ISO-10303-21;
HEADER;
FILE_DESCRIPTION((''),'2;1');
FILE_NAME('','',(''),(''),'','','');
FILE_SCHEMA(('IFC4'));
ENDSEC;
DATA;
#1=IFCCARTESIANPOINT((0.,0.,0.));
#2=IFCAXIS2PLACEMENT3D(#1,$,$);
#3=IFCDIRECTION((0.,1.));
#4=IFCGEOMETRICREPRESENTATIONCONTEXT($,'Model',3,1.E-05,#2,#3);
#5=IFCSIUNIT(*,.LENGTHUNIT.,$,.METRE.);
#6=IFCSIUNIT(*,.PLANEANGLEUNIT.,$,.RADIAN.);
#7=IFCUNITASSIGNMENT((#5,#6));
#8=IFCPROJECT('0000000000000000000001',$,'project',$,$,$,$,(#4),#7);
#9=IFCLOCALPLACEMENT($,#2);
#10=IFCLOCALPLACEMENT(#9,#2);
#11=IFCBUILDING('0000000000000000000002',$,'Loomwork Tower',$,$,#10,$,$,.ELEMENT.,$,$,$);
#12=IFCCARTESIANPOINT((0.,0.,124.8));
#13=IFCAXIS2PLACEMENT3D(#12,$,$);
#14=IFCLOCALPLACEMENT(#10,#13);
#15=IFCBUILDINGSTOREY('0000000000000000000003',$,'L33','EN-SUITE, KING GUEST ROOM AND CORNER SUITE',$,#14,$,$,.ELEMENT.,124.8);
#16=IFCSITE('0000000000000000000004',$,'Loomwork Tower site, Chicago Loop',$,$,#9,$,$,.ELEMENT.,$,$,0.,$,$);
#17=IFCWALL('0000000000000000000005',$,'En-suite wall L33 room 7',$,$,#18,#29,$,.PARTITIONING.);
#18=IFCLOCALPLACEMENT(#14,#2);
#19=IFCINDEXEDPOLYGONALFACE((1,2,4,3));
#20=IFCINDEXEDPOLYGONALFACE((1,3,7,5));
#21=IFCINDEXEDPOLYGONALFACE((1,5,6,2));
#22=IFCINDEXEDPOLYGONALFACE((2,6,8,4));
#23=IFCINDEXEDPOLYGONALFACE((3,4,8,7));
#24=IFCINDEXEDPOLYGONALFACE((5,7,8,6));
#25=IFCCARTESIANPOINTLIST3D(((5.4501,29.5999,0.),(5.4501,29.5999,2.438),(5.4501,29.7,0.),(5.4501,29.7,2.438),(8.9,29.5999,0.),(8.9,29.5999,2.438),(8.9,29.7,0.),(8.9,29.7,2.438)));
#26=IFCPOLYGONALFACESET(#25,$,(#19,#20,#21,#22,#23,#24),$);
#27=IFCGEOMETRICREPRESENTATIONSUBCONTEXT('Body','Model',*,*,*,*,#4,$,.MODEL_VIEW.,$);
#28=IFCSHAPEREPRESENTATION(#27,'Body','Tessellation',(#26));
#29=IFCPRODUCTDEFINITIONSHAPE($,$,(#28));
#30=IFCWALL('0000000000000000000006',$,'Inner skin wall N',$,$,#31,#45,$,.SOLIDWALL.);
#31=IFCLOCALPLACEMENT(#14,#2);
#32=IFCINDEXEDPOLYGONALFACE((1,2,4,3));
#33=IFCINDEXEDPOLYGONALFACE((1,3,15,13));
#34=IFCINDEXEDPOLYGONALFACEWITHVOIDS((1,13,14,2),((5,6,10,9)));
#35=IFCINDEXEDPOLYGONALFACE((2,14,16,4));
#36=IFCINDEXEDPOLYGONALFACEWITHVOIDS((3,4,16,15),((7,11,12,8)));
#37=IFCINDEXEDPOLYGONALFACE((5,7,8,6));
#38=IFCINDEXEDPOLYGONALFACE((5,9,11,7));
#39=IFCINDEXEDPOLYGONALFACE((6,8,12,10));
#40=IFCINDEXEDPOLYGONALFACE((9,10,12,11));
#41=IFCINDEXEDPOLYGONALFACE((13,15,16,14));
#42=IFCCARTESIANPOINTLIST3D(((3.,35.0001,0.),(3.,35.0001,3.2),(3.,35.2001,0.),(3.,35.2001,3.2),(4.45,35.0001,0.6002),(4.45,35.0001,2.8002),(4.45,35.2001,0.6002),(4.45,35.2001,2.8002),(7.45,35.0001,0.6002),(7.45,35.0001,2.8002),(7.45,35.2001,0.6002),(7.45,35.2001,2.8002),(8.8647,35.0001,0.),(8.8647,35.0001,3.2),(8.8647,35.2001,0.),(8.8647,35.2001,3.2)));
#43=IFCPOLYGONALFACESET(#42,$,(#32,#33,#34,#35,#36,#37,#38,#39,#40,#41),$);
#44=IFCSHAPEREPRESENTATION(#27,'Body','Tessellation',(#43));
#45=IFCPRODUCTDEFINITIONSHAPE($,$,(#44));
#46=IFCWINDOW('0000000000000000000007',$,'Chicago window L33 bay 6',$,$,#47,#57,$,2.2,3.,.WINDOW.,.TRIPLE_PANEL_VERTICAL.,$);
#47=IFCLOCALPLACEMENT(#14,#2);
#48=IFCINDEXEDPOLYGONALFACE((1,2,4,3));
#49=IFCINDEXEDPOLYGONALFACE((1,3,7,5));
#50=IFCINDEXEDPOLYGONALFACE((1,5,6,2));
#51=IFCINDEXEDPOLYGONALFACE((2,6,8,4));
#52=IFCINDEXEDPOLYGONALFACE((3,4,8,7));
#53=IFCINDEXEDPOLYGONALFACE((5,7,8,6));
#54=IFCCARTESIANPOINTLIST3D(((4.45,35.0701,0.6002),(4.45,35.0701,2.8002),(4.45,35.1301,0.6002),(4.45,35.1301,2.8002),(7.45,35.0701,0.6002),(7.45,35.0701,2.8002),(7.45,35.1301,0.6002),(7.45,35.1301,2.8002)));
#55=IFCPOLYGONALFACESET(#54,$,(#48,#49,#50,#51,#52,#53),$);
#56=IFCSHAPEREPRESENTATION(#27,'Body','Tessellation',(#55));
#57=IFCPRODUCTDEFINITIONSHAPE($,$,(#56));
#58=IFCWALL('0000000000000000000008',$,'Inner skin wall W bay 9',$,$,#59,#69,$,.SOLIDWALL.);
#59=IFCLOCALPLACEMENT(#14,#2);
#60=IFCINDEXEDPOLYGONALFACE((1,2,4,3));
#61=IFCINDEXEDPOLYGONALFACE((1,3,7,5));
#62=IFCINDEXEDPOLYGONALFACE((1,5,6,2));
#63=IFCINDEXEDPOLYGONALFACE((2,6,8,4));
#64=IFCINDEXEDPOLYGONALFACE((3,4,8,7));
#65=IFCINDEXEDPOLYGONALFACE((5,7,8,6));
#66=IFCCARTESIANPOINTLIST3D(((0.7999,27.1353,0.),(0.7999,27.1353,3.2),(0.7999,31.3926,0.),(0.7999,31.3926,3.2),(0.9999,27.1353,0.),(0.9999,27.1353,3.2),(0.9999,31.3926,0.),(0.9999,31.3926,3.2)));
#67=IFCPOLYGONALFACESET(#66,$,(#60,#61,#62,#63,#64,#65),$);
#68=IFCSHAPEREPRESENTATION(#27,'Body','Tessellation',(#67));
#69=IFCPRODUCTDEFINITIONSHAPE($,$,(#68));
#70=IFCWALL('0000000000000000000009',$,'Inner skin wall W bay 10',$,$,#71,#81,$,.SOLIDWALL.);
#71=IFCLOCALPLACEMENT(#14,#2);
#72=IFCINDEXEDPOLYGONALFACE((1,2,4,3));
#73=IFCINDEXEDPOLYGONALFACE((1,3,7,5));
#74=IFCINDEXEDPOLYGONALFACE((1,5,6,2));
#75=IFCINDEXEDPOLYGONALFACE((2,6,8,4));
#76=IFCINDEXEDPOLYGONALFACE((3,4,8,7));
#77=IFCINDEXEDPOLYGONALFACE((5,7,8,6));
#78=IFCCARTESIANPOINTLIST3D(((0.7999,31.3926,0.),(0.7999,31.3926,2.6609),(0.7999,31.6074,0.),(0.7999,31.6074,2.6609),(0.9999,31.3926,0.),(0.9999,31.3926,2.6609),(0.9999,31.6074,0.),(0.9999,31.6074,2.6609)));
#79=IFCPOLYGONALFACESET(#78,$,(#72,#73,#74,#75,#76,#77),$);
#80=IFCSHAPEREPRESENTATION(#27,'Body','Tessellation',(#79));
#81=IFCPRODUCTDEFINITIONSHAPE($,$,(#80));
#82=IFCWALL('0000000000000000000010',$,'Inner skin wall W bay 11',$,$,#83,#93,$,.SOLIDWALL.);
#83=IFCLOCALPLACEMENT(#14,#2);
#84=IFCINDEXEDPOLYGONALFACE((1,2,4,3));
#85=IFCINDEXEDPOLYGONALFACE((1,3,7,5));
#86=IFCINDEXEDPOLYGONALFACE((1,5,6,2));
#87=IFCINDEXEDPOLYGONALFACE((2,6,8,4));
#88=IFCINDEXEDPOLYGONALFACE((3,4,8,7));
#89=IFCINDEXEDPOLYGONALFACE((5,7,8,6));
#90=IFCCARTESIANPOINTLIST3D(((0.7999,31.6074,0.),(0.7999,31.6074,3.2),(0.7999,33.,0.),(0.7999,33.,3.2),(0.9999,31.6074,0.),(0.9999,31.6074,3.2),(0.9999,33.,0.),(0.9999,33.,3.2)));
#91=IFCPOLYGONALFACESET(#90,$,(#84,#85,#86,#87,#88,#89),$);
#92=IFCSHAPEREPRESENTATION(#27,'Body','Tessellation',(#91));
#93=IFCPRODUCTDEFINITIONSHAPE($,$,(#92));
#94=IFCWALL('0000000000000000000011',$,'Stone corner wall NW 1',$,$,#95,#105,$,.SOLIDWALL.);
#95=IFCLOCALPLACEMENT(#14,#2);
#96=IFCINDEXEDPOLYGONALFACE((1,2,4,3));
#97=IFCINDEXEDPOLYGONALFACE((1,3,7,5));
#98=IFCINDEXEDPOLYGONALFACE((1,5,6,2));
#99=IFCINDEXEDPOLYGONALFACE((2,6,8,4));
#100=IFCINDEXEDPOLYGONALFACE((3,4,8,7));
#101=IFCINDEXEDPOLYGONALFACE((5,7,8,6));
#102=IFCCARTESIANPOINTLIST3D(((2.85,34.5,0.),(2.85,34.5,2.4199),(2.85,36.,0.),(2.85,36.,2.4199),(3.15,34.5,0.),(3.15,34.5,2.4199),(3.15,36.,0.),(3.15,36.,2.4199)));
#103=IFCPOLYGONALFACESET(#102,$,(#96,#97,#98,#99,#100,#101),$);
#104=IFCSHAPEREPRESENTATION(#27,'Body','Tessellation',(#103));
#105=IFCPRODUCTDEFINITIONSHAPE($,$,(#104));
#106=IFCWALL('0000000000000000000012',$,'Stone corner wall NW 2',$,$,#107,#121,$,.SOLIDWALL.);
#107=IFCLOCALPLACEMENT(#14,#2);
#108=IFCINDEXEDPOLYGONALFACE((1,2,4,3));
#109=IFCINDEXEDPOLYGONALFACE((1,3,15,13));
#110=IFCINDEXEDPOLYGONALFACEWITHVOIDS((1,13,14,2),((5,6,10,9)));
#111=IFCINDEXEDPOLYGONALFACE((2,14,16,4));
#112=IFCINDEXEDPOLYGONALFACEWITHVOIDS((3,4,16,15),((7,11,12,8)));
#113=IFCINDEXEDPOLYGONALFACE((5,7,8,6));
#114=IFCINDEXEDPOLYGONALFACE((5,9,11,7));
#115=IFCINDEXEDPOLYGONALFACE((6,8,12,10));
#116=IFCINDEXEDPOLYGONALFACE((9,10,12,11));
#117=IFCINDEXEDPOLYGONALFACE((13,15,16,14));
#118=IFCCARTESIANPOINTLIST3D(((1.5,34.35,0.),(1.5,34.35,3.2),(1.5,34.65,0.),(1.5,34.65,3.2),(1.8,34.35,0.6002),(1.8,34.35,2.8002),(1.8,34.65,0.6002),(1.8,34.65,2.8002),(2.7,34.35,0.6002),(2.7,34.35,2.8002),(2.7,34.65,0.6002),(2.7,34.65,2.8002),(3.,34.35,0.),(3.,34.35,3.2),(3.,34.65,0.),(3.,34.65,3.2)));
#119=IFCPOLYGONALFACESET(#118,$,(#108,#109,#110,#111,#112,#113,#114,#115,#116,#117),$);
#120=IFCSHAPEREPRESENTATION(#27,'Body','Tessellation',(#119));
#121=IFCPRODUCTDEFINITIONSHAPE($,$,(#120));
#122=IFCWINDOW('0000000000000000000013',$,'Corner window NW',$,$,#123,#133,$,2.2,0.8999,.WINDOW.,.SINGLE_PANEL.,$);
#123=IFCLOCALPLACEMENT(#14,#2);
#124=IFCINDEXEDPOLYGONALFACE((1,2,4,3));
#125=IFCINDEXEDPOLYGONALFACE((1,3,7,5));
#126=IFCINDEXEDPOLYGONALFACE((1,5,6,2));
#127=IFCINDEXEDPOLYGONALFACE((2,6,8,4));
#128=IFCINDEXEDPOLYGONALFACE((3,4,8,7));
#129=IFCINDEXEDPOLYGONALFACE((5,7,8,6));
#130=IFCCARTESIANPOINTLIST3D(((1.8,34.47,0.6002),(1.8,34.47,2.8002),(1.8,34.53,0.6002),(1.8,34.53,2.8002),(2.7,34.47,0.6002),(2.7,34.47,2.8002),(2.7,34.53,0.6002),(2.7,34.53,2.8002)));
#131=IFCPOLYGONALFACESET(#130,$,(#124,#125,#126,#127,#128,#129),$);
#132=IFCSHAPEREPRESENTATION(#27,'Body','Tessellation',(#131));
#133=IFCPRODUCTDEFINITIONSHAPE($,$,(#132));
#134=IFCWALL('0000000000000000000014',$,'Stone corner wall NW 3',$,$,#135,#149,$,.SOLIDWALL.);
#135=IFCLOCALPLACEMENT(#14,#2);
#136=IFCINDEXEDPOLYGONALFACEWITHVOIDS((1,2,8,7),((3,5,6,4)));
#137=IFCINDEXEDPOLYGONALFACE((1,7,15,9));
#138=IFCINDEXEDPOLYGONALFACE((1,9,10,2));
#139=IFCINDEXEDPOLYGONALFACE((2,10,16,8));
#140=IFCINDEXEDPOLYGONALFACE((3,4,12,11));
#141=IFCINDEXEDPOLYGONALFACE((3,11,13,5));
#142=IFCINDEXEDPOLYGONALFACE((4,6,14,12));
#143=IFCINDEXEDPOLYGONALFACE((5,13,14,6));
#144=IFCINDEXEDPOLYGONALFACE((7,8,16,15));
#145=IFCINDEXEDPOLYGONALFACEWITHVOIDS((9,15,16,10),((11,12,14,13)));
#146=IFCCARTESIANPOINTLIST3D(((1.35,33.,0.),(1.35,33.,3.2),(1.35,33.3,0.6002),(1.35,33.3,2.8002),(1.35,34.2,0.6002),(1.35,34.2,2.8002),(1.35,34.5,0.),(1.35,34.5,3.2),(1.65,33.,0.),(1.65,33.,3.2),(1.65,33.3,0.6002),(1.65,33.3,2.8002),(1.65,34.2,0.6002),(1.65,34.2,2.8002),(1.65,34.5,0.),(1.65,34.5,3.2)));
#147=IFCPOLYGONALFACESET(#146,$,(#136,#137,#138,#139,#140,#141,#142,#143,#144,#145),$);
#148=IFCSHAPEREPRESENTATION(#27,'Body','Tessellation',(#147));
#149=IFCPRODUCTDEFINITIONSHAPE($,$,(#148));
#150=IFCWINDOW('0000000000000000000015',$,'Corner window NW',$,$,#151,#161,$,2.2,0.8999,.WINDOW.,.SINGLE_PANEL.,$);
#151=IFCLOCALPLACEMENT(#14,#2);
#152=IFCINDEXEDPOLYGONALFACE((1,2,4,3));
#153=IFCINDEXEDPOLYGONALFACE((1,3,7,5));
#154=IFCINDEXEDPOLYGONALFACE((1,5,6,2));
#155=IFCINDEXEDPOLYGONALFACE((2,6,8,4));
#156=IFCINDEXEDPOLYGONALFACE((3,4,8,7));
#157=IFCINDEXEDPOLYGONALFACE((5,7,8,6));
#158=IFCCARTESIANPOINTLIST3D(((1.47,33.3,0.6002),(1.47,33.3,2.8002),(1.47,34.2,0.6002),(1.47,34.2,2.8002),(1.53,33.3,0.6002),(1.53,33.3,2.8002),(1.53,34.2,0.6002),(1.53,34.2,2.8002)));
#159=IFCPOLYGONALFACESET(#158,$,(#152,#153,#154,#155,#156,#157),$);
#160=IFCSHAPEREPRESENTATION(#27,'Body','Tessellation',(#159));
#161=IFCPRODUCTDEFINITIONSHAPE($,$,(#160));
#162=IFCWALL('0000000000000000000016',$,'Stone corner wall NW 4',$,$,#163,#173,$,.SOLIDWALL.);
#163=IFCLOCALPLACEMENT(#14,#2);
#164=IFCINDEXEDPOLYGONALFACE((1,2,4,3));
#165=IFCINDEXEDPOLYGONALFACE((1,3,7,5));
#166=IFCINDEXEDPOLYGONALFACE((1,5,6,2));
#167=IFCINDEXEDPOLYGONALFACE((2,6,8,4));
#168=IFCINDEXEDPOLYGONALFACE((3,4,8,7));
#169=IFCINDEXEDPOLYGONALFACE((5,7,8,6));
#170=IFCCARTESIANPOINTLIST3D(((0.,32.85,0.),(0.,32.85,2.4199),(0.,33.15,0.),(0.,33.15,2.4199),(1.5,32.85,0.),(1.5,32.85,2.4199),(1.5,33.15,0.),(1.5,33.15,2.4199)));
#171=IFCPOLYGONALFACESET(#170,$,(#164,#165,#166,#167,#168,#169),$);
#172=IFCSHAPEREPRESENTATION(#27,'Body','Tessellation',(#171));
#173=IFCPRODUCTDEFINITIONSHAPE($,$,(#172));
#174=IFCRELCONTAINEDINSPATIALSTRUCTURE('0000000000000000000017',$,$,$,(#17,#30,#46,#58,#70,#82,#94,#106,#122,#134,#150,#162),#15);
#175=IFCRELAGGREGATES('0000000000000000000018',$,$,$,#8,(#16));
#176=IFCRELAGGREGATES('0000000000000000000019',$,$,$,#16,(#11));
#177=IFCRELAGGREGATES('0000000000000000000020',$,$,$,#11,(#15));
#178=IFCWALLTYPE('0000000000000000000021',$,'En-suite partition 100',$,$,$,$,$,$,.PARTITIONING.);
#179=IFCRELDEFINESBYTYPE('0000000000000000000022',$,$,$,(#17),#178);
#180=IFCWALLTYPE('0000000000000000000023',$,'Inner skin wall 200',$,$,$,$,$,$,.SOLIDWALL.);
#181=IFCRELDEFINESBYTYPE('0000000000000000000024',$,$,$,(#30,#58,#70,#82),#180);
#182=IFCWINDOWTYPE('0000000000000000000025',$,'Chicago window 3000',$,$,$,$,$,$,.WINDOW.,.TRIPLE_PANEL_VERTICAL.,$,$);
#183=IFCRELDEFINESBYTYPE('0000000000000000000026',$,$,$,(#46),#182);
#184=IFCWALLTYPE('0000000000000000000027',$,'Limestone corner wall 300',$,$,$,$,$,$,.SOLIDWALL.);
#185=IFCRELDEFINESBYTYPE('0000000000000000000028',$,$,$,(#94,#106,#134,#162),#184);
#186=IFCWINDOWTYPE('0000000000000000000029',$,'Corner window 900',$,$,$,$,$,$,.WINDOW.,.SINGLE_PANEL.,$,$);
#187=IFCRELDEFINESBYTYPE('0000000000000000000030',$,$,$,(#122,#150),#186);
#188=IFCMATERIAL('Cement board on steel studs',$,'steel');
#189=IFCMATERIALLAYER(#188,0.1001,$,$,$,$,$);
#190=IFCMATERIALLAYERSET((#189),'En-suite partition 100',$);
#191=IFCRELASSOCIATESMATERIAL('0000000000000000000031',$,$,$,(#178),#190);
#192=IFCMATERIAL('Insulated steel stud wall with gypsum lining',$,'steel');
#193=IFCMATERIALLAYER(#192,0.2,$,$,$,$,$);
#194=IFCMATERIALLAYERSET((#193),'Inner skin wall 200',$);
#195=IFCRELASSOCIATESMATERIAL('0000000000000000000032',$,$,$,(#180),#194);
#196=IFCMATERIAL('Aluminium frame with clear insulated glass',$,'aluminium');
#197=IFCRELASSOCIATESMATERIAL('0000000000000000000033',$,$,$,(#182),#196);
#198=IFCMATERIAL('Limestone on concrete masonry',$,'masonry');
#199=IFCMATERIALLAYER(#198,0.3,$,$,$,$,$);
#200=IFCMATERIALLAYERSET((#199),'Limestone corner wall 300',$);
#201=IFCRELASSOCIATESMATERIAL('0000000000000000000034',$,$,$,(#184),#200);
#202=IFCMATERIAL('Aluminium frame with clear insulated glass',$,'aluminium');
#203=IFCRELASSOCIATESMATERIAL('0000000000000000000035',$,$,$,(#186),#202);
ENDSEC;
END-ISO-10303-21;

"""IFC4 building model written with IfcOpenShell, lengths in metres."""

from ifc_helpers import new_model, si_unit, direction, frame, frame_2d, origin, place, context, subcontext, project, spatial, rectangle, extrude, material, layer, layer_set, type_object, element, fill, save


model = new_model("IFC4")

# Units and contexts
model_context = context("Model", 3, precision=1e-05, world=origin(), true_north=direction((0.0, 1.0)))
body_context = subcontext(model_context, "Body", "Model", "MODEL_VIEW")
ifc_project = project(units=[si_unit("LENGTHUNIT", "METRE"), si_unit("PLANEANGLEUNIT", "RADIAN")], contexts=[model_context])

# Site, building, storey
site_placement = place(None, origin())
site = spatial("IfcSite", under=ifc_project, at=site_placement, Name="Loomwork Tower site, Chicago Loop", CompositionType="ELEMENT", RefElevation=0.0)
building_placement = place(site_placement, origin())
building = spatial("IfcBuilding", under=site, at=building_placement, Name="Loomwork Tower", CompositionType="ELEMENT")
storey_placement = place(building_placement, frame((0.0, 0.0, 124.8)))
storey = spatial("IfcBuildingStorey", under=building, at=storey_placement, Name="L33", Description="EN-SUITE, KING GUEST ROOM AND CORNER SUITE", CompositionType="ELEMENT", Elevation=124.8)

# Wall
ifc_material_1 = material(Name="Cement board on steel studs", Category="steel")
ifc_layer_1 = layer(ifc_material_1, 0.1001)
ifc_layer_set_1 = layer_set([ifc_layer_1], Name="En-suite partition 100")
wall_type_1 = type_object("IfcWallType", Name="En-suite partition 100", PredefinedType="PARTITIONING", material=ifc_layer_set_1)
wall_1_placement = place(storey_placement, frame((5.45, 29.6499, 0.0), z_axis=(0.0, 0.0, 1.0), x_axis=(1.0, 0.0, 0.0)))
element("IfcWall", 1, at=wall_1_placement, inside=storey, type_object=wall_type_1, Name="En-suite wall L33 room 7", PredefinedType="PARTITIONING", context=body_context, shape_type="SweptSolid", body=[
    extrude(rectangle(XDim=3.45, YDim=0.1001, at=frame_2d((1.7251, 0.0))), origin(), (0.0, 0.0, 1.0), 2.438),
])

# Wall, opening, window
ifc_material_2 = material(Name="Insulated steel stud wall with gypsum lining", Category="steel")
ifc_layer_2 = layer(ifc_material_2, 0.2)
ifc_layer_set_2 = layer_set([ifc_layer_2], Name="Inner skin wall 200")
wall_type_2 = type_object("IfcWallType", Name="Inner skin wall 200", PredefinedType="SOLIDWALL", material=ifc_layer_set_2)
wall_2_placement = place(storey_placement, frame((3.0, 35.1001, 0.0), z_axis=(0.0, 0.0, 1.0), x_axis=(1.0, 0.0, 0.0)))
wall_2 = element("IfcWall", 2, at=wall_2_placement, inside=storey, type_object=wall_type_2, Name="Inner skin wall N", PredefinedType="SOLIDWALL", context=body_context, shape_type="SweptSolid", body=[
    extrude(rectangle(XDim=5.8647, YDim=0.2, at=frame_2d((2.9324, 0.0))), origin(), (0.0, 0.0, 1.0), 3.2),
])
opening_1_placement = place(wall_2_placement, frame((1.45, 0.0, 0.6001)))
opening_1 = element("IfcOpeningElement", 3, at=opening_1_placement, cuts=wall_2, PredefinedType="OPENING", context=body_context, shape_type="SweptSolid", body=[
    extrude(rectangle(XDim=3.0, YDim=2.2, at=frame_2d((1.5, 1.1001))), frame((0.0, 0.1099, 0.0), z_axis=(0.0, -1.0, 0.0), x_axis=(1.0, 0.0, 0.0)), (0.0, 0.0, 1.0), 0.22),
])
ifc_material_3 = material(Name="Aluminium frame with clear insulated glass", Category="aluminium")
window_type_1 = type_object("IfcWindowType", Name="Chicago window 3000", PartitioningType="TRIPLE_PANEL_VERTICAL", PredefinedType="WINDOW", material=ifc_material_3)
window_1_placement = place(opening_1_placement, origin())
window_1 = element("IfcWindow", 4, at=window_1_placement, inside=storey, type_object=window_type_1, Name="Chicago window L33 bay 6", OverallHeight=2.2, OverallWidth=3.0, PartitioningType="TRIPLE_PANEL_VERTICAL", PredefinedType="WINDOW", context=body_context, shape_type="SweptSolid", body=[
    extrude(rectangle(XDim=3.0, YDim=2.2, at=frame_2d((1.5, 1.1001))), frame((0.0, 0.03, 0.0), z_axis=(0.0, -1.0, 0.0), x_axis=(1.0, 0.0, 0.0)), (0.0, 0.0, 1.0), 0.0601),
])
fill(opening_1, window_1)

# Walls
wall_3_placement = place(storey_placement, frame((0.8999, 27.1353, 0.0), z_axis=(0.0, 0.0, 1.0), x_axis=(0.0, 1.0, 0.0)))
element("IfcWall", 5, at=wall_3_placement, inside=storey, type_object=wall_type_2, Name="Inner skin wall W bay 9", PredefinedType="SOLIDWALL", context=body_context, shape_type="SweptSolid", body=[
    extrude(rectangle(XDim=4.2573, YDim=0.2, at=frame_2d((2.1287, 0.0))), origin(), (0.0, 0.0, 1.0), 3.2),
])
wall_4_placement = place(storey_placement, frame((0.8999, 31.3926, 0.0), z_axis=(0.0, 0.0, 1.0), x_axis=(0.0, 1.0, 0.0)))
element("IfcWall", 6, at=wall_4_placement, inside=storey, type_object=wall_type_2, Name="Inner skin wall W bay 10", PredefinedType="SOLIDWALL", context=body_context, shape_type="SweptSolid", body=[
    extrude(rectangle(XDim=0.2148, YDim=0.2, at=frame_2d((0.1074, 0.0))), origin(), (0.0, 0.0, 1.0), 2.6609),
])
wall_5_placement = place(storey_placement, frame((0.8999, 31.6074, 0.0), z_axis=(0.0, 0.0, 1.0), x_axis=(0.0, 1.0, 0.0)))
element("IfcWall", 7, at=wall_5_placement, inside=storey, type_object=wall_type_2, Name="Inner skin wall W bay 11", PredefinedType="SOLIDWALL", context=body_context, shape_type="SweptSolid", body=[
    extrude(rectangle(XDim=1.3926, YDim=0.2, at=frame_2d((0.6963, 0.0))), origin(), (0.0, 0.0, 1.0), 3.2),
])
ifc_material_4 = material(Name="Limestone on concrete masonry", Category="masonry")
ifc_layer_3 = layer(ifc_material_4, 0.3)
ifc_layer_set_3 = layer_set([ifc_layer_3], Name="Limestone corner wall 300")
wall_type_3 = type_object("IfcWallType", Name="Limestone corner wall 300", PredefinedType="SOLIDWALL", material=ifc_layer_set_3)
wall_6_placement = place(storey_placement, frame((3.0, 36.0, 0.0), z_axis=(0.0, 0.0, 1.0), x_axis=(0.0, -1.0, 0.0)))
element("IfcWall", 8, at=wall_6_placement, inside=storey, type_object=wall_type_3, Name="Stone corner wall NW 1", PredefinedType="SOLIDWALL", context=body_context, shape_type="SweptSolid", body=[
    extrude(rectangle(XDim=1.5, YDim=0.3, at=frame_2d((0.75, 0.0))), origin(), (0.0, 0.0, 1.0), 2.4199),
])

# Walls, openings, windows
wall_7_placement = place(storey_placement, frame((3.0, 34.5, 0.0), z_axis=(0.0, 0.0, 1.0), x_axis=(-1.0, 0.0, 0.0)))
wall_7 = element("IfcWall", 9, at=wall_7_placement, inside=storey, type_object=wall_type_3, Name="Stone corner wall NW 2", PredefinedType="SOLIDWALL", context=body_context, shape_type="SweptSolid", body=[
    extrude(rectangle(XDim=1.5, YDim=0.3, at=frame_2d((0.75, 0.0))), origin(), (0.0, 0.0, 1.0), 3.2),
])
opening_2_placement = place(wall_7_placement, frame((0.3, 0.0, 0.6001)))
opening_2 = element("IfcOpeningElement", 10, at=opening_2_placement, cuts=wall_7, PredefinedType="OPENING", context=body_context, shape_type="SweptSolid", body=[
    extrude(rectangle(XDim=0.8999, YDim=2.2, at=frame_2d((0.45, 1.1001))), frame((0.0, 0.1599, 0.0), z_axis=(0.0, -1.0, 0.0), x_axis=(1.0, 0.0, 0.0)), (0.0, 0.0, 1.0), 0.3201),
])
ifc_material_5 = material(Name="Aluminium frame with clear insulated glass", Category="aluminium")
window_type_2 = type_object("IfcWindowType", Name="Corner window 900", PartitioningType="SINGLE_PANEL", PredefinedType="WINDOW", material=ifc_material_5)
window_2_placement = place(opening_2_placement, origin())
window_2 = element("IfcWindow", 11, at=window_2_placement, inside=storey, type_object=window_type_2, Name="Corner window NW", OverallHeight=2.2, OverallWidth=0.8999, PartitioningType="SINGLE_PANEL", PredefinedType="WINDOW", context=body_context, shape_type="SweptSolid", body=[
    extrude(rectangle(XDim=0.8999, YDim=2.2, at=frame_2d((0.45, 1.1001))), frame((0.0, 0.03, 0.0), z_axis=(0.0, -1.0, 0.0), x_axis=(1.0, 0.0, 0.0)), (0.0, 0.0, 1.0), 0.0601),
])
fill(opening_2, window_2)
wall_8_placement = place(storey_placement, frame((1.5, 34.5, 0.0), z_axis=(0.0, 0.0, 1.0), x_axis=(0.0, -1.0, 0.0)))
wall_8 = element("IfcWall", 12, at=wall_8_placement, inside=storey, type_object=wall_type_3, Name="Stone corner wall NW 3", PredefinedType="SOLIDWALL", context=body_context, shape_type="SweptSolid", body=[
    extrude(rectangle(XDim=1.5, YDim=0.3, at=frame_2d((0.75, 0.0))), origin(), (0.0, 0.0, 1.0), 3.2),
])
opening_3_placement = place(wall_8_placement, frame((0.3, 0.0, 0.6001)))
opening_3 = element("IfcOpeningElement", 13, at=opening_3_placement, cuts=wall_8, PredefinedType="OPENING", context=body_context, shape_type="SweptSolid", body=[
    extrude(rectangle(XDim=0.8999, YDim=2.2, at=frame_2d((0.45, 1.1001))), frame((0.0, 0.1599, 0.0), z_axis=(0.0, -1.0, 0.0), x_axis=(1.0, 0.0, 0.0)), (0.0, 0.0, 1.0), 0.3201),
])
window_3_placement = place(opening_3_placement, origin())
window_3 = element("IfcWindow", 14, at=window_3_placement, inside=storey, type_object=window_type_2, Name="Corner window NW", OverallHeight=2.2, OverallWidth=0.8999, PartitioningType="SINGLE_PANEL", PredefinedType="WINDOW", context=body_context, shape_type="SweptSolid", body=[
    extrude(rectangle(XDim=0.8999, YDim=2.2, at=frame_2d((0.45, 1.1001))), frame((0.0, 0.03, 0.0), z_axis=(0.0, -1.0, 0.0), x_axis=(1.0, 0.0, 0.0)), (0.0, 0.0, 1.0), 0.0601),
])
fill(opening_3, window_3)

# Wall
wall_9_placement = place(storey_placement, frame((1.5, 33.0, 0.0), z_axis=(0.0, 0.0, 1.0), x_axis=(-1.0, 0.0, 0.0)))
element("IfcWall", 15, at=wall_9_placement, inside=storey, type_object=wall_type_3, Name="Stone corner wall NW 4", PredefinedType="SOLIDWALL", context=body_context, shape_type="SweptSolid", body=[
    extrude(rectangle(XDim=1.5, YDim=0.3, at=frame_2d((0.75, 0.0))), origin(), (0.0, 0.0, 1.0), 2.4199),
])

save(model, "model.ifc")
